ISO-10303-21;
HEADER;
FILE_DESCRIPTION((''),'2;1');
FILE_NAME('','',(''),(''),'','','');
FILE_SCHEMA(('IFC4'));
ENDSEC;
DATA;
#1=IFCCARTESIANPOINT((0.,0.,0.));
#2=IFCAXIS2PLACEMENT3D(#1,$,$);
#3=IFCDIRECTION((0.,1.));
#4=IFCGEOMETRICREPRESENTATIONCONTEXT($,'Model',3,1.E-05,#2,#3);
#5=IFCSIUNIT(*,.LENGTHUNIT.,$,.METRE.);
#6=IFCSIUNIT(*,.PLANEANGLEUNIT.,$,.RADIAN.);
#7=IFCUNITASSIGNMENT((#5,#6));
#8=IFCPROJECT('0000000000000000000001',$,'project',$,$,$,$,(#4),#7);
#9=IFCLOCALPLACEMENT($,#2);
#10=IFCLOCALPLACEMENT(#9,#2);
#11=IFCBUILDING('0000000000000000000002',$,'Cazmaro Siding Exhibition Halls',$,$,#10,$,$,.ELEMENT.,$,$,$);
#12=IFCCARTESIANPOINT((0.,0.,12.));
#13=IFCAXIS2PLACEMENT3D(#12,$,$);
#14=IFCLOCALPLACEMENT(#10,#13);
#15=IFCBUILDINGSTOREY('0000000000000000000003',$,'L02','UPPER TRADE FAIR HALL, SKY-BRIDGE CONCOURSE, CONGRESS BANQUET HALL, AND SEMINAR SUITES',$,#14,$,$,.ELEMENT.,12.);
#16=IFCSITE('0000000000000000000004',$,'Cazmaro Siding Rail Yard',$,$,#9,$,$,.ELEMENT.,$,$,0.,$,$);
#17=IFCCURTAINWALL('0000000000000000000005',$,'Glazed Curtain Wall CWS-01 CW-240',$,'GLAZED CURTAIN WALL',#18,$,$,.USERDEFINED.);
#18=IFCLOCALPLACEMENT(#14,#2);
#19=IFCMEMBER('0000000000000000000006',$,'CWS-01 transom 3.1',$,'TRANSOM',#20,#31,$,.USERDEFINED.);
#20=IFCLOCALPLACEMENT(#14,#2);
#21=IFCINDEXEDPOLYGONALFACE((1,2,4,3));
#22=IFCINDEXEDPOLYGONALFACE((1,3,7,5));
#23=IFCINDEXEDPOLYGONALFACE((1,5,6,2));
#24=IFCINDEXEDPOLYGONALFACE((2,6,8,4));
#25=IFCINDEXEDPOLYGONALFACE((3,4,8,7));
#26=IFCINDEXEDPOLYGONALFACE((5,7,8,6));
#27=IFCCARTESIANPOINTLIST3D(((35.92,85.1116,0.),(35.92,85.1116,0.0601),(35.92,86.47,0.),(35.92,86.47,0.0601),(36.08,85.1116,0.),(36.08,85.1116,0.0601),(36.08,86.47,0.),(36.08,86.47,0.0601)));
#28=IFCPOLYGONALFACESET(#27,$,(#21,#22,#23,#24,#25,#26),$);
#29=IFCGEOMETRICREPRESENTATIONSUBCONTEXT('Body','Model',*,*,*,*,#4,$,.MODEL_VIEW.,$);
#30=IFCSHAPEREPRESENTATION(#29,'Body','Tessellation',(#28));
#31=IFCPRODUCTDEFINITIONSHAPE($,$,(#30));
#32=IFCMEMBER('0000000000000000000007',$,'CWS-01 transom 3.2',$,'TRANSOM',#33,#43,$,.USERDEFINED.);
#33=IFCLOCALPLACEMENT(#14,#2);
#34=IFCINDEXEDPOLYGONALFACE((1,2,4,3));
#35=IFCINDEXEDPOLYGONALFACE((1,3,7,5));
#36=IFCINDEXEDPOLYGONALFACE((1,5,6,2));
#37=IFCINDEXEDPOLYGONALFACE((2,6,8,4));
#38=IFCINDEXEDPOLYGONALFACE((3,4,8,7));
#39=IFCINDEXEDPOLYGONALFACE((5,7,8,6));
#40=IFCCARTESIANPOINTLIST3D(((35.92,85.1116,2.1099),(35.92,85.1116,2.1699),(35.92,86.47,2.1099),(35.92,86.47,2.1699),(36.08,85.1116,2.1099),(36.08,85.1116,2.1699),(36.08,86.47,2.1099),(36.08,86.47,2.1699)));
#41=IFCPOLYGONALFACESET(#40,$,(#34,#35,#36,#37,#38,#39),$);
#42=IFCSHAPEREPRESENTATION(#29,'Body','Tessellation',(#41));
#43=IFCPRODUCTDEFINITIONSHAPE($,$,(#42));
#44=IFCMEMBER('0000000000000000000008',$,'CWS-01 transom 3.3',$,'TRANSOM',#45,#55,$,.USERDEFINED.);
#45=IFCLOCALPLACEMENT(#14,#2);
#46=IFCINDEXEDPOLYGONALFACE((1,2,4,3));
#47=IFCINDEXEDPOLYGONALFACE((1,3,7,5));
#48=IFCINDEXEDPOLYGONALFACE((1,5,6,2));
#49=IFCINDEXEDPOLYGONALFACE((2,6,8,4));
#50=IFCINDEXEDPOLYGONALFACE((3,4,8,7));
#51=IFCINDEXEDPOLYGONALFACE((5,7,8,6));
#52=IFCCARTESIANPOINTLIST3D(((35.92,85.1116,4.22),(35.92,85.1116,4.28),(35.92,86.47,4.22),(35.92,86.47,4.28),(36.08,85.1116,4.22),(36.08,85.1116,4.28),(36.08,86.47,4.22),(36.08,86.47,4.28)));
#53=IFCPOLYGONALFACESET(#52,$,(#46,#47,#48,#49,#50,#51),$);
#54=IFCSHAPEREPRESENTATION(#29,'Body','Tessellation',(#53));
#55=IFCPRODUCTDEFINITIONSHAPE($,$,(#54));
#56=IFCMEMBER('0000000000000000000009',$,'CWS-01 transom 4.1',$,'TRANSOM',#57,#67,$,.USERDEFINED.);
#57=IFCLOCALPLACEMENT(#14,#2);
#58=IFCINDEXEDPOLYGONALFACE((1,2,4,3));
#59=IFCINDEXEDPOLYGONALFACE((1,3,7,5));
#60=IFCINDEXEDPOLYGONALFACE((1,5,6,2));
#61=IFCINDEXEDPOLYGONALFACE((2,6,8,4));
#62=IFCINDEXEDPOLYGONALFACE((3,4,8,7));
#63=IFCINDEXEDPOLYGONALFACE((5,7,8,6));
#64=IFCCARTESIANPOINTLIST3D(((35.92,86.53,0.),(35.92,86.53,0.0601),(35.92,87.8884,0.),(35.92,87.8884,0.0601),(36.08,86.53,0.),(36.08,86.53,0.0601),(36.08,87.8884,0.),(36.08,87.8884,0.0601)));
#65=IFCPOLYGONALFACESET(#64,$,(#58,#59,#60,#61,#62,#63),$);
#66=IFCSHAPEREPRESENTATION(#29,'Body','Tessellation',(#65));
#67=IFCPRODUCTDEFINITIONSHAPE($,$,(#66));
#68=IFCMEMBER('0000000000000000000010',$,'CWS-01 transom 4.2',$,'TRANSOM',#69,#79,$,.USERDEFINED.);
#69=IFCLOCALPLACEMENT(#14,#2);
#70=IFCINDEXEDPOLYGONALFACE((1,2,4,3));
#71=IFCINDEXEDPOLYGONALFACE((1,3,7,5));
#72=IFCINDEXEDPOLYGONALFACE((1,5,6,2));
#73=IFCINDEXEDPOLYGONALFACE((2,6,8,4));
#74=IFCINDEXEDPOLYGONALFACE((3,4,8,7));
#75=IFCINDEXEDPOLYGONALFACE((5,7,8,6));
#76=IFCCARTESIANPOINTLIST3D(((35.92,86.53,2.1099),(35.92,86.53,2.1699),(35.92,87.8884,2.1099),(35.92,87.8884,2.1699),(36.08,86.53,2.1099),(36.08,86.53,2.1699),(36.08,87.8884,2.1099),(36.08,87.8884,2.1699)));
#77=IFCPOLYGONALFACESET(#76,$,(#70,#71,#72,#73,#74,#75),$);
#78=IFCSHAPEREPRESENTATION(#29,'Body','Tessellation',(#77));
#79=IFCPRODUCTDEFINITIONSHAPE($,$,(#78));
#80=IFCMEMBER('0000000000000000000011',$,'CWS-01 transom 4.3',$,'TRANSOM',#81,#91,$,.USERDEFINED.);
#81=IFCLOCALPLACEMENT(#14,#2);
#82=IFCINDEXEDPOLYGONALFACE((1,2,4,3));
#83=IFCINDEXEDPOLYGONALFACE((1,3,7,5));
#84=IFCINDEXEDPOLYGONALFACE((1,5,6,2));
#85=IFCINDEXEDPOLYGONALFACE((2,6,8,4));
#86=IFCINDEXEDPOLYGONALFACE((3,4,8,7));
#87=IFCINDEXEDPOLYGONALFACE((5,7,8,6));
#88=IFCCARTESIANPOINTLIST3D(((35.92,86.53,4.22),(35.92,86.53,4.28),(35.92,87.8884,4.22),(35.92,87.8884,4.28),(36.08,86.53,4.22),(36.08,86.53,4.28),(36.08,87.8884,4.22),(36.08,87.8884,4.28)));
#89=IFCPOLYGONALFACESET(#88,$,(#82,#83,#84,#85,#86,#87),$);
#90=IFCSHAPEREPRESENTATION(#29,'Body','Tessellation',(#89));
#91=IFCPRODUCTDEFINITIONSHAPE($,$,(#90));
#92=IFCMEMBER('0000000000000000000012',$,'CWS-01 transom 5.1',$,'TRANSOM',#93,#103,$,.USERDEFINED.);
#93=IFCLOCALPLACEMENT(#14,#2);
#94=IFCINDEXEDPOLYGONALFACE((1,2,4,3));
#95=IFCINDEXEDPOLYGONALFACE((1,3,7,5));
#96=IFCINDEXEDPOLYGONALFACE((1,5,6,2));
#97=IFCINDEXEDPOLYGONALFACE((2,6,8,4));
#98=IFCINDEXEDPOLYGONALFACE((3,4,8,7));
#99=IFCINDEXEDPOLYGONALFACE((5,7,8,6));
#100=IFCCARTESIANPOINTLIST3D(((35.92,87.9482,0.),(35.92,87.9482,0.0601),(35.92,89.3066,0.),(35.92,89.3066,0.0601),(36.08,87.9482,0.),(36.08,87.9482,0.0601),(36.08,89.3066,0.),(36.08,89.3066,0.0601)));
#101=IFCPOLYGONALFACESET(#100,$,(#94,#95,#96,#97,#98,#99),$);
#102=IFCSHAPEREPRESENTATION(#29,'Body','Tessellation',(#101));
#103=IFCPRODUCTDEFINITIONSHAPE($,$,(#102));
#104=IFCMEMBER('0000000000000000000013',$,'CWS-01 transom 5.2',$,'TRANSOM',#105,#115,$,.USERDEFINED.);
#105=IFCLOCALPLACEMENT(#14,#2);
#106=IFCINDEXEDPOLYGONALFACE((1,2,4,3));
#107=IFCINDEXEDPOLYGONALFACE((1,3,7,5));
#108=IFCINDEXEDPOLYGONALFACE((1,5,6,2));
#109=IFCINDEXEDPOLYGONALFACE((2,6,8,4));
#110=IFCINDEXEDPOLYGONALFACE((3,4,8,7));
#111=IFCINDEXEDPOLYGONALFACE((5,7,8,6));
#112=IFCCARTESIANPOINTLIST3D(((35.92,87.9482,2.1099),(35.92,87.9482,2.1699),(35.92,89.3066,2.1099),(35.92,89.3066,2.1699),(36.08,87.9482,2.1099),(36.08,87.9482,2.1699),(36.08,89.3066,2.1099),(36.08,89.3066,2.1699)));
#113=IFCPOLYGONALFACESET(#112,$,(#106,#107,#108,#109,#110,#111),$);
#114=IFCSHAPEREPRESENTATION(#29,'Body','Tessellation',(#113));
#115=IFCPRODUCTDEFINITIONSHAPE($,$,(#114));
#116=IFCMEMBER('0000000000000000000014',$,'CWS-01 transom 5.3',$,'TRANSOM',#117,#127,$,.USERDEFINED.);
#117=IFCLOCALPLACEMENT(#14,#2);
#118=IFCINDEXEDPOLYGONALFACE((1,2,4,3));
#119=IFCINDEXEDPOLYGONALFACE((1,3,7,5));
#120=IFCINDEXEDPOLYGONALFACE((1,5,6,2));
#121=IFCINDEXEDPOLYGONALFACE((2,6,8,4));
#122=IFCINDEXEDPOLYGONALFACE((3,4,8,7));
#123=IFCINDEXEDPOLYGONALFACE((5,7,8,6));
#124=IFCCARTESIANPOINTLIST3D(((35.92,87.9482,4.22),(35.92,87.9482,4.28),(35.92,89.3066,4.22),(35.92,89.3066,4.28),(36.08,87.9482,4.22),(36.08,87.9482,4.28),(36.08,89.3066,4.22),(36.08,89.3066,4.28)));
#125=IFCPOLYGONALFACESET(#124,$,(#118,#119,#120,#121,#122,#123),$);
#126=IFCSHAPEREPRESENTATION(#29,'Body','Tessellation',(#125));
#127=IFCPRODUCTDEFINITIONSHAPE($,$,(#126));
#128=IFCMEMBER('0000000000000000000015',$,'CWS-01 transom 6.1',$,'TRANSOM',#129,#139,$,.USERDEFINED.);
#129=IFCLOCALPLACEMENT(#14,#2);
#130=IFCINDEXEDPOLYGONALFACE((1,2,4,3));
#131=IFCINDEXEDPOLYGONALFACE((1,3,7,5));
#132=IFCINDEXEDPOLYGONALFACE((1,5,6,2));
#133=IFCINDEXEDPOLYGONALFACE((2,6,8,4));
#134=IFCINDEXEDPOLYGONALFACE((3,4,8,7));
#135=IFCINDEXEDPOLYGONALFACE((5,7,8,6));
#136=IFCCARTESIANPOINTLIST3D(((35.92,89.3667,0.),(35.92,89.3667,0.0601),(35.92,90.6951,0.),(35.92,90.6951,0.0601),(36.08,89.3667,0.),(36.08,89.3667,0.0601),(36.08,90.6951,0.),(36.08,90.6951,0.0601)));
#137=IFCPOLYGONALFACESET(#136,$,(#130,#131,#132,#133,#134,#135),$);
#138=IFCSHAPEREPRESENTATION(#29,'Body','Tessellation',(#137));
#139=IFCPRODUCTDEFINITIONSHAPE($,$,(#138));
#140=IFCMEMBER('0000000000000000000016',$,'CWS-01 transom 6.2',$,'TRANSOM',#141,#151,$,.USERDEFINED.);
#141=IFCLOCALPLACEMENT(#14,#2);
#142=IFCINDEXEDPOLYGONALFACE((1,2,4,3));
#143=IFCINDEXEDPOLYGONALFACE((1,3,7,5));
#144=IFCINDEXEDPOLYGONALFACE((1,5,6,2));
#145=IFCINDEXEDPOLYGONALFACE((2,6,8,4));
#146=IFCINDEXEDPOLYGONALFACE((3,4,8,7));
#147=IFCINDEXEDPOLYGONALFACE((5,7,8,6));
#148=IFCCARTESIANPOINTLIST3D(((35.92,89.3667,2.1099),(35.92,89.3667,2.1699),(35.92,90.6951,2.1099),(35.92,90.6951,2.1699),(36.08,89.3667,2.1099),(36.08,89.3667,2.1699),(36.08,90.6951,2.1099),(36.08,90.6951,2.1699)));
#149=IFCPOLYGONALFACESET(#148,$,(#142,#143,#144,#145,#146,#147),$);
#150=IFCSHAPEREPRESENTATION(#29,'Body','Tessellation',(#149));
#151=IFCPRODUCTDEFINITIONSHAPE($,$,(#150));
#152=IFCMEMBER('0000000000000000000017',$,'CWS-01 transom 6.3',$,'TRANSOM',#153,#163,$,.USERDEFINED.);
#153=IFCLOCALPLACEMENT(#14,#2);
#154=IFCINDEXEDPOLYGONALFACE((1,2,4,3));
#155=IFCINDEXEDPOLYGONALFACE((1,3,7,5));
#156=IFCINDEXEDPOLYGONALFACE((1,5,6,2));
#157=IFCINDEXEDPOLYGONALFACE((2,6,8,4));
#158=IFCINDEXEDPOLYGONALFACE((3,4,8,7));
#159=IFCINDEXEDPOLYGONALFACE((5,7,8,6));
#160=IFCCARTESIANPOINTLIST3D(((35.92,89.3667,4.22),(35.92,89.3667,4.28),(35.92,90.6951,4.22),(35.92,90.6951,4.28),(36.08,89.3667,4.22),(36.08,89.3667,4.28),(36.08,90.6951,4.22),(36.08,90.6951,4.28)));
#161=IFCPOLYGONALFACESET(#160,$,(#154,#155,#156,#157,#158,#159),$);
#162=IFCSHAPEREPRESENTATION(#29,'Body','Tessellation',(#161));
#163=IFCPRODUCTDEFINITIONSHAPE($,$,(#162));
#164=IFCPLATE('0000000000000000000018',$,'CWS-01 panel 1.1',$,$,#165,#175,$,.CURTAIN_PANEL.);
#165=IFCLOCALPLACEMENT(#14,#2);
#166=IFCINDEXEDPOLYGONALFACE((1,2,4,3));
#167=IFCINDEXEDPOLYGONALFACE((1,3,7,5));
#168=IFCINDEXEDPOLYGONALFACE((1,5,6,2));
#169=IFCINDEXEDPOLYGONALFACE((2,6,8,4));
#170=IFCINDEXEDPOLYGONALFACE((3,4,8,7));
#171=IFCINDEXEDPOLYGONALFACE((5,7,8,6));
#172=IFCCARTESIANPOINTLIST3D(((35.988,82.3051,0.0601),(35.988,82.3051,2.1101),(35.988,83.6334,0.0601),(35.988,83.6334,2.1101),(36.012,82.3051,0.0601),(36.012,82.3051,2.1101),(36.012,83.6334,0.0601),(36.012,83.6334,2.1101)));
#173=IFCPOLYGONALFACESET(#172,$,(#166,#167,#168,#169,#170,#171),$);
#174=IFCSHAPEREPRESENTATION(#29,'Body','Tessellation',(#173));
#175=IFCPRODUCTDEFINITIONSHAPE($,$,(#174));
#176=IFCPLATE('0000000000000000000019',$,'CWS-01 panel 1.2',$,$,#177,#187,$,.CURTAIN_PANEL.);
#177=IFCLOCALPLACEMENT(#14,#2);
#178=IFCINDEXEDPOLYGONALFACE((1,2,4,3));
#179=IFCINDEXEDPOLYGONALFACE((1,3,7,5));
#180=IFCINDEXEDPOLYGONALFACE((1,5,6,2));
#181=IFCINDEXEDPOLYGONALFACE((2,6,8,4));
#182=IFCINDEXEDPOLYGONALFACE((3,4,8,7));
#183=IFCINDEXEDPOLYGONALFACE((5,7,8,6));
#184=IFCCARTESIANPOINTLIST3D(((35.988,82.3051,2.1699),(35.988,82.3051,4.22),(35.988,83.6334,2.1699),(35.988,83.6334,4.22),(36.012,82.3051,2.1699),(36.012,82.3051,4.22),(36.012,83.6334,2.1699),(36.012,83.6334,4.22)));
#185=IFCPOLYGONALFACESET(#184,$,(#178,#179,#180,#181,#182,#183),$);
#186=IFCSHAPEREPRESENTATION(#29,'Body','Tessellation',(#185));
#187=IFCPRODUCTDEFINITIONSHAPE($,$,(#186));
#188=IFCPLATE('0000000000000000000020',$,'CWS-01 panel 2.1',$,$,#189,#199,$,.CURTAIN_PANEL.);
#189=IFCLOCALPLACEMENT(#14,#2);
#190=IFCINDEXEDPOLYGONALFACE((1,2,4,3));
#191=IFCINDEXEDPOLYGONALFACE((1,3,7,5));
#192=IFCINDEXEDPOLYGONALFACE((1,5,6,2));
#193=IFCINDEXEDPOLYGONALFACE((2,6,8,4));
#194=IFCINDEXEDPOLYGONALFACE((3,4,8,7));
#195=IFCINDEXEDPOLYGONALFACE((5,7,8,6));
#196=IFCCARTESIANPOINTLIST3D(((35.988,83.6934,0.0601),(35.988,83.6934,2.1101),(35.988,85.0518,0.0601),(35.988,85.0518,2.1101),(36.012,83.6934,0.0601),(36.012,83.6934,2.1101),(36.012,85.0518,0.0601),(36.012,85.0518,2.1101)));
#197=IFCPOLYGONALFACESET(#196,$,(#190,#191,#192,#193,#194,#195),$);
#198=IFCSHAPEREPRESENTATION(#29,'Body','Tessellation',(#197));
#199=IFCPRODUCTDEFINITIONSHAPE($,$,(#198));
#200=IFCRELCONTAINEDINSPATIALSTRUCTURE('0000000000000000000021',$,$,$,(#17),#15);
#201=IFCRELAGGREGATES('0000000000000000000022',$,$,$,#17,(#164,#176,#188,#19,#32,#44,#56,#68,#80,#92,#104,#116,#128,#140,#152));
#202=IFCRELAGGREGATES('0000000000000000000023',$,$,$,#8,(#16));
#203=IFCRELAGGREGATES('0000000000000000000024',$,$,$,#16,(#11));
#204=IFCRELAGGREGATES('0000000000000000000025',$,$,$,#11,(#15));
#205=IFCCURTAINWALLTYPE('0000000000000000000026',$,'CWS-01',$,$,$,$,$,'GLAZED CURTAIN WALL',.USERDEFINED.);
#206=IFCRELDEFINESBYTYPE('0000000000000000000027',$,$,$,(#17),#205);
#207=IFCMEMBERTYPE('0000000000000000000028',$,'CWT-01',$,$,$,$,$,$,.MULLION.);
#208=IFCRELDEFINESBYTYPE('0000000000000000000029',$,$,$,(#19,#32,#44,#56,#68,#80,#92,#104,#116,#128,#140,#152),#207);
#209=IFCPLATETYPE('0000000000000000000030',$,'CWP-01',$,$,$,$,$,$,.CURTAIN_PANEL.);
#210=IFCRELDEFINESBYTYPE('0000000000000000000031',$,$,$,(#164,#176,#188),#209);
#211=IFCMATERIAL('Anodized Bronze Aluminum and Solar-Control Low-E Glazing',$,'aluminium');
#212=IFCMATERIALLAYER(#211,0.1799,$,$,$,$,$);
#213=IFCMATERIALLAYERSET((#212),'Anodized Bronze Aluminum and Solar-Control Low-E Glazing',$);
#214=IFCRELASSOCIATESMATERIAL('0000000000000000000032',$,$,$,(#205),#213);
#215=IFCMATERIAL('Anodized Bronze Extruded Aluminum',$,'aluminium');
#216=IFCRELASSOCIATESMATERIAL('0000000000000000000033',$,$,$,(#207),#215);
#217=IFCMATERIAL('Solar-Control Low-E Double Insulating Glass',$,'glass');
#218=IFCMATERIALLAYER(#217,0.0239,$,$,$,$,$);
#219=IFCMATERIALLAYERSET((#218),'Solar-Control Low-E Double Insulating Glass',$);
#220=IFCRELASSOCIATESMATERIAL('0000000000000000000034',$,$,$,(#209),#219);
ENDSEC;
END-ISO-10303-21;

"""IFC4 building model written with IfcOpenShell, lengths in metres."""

from ifc_helpers import new_model, si_unit, direction, frame, origin, origin_2d, place, context, subcontext, project, spatial, rectangle, extrude, material, layer, layer_set, material_profile, profile_set, type_object, element, aggregate, save


model = new_model("IFC4")

# Units and contexts
model_context = context("Model", 3, precision=1e-05, world=origin(), true_north=direction((0.0, 1.0)))
body_context = subcontext(model_context, "Body", "Model", "MODEL_VIEW")
ifc_project = project(units=[si_unit("LENGTHUNIT", "METRE"), si_unit("PLANEANGLEUNIT", "RADIAN")], contexts=[model_context])

# Site, building, storey
site_placement = place(None, origin())
site = spatial("IfcSite", under=ifc_project, at=site_placement, Name="Cazmaro Siding Rail Yard", CompositionType="ELEMENT", RefElevation=0.0)
building_placement = place(site_placement, origin())
building = spatial("IfcBuilding", under=site, at=building_placement, Name="Cazmaro Siding Exhibition Halls", CompositionType="ELEMENT")
storey_placement = place(building_placement, frame((0.0, 0.0, 12.0)))
storey = spatial("IfcBuildingStorey", under=building, at=storey_placement, Name="L02", Description="UPPER TRADE FAIR HALL, SKY-BRIDGE CONCOURSE, CONGRESS BANQUET HALL, AND SEMINAR SUITES", CompositionType="ELEMENT", Elevation=12.0)

# Curtain wall, members, plates
ifc_material_1 = material(Name="Anodized Bronze Aluminum and Solar-Control Low-E Glazing", Category="aluminium")
ifc_layer_1 = layer(ifc_material_1, 0.1799)
ifc_layer_set_1 = layer_set([ifc_layer_1], Name="Anodized Bronze Aluminum and Solar-Control Low-E Glazing")
curtain_wall_type = type_object("IfcCurtainWallType", Name="CWS-01", ElementType="GLAZED CURTAIN WALL", PredefinedType="USERDEFINED", material=ifc_layer_set_1)
curtain_wall_placement = place(storey_placement, origin())
curtain_wall = element("IfcCurtainWall", 1, at=curtain_wall_placement, inside=storey, type_object=curtain_wall_type, Name="Glazed Curtain Wall CWS-01 CW-240", ObjectType="GLAZED CURTAIN WALL", PredefinedType="USERDEFINED")
ifc_material_2 = material(Name="Anodized Bronze Extruded Aluminum", Category="aluminium")
ifc_material_profile_1 = material_profile(ifc_material_2, rectangle(XDim=0.1599, YDim=0.0601, at=origin_2d()), Name="CWT-01")
ifc_profile_set_1 = profile_set([ifc_material_profile_1], Name="Anodized Bronze Extruded Aluminum")
member_type_1 = type_object("IfcMemberType", Name="CWT-01", PredefinedType="MULLION", material=ifc_profile_set_1)
member_1_placement = place(storey_placement, frame((36.0, 85.1116, 0.03), z_axis=(0.0, 1.0, 0.0), x_axis=(-1.0, 0.0, 0.0)))
member_1 = element("IfcMember", 2, at=member_1_placement, type_object=member_type_1, Name="CWS-01 transom 3.1", ObjectType="TRANSOM", PredefinedType="USERDEFINED", context=body_context, shape_type="SweptSolid", body=[
    extrude(rectangle(XDim=0.1599, YDim=0.0601, at=origin_2d()), origin(), (0.0, 0.0, 1.0), 1.3584),
])
member_2_placement = place(storey_placement, frame((36.0, 85.1116, 2.1399), z_axis=(0.0, 1.0, 0.0), x_axis=(-1.0, 0.0, 0.0)))
member_2 = element("IfcMember", 3, at=member_2_placement, type_object=member_type_1, Name="CWS-01 transom 3.2", ObjectType="TRANSOM", PredefinedType="USERDEFINED", context=body_context, shape_type="SweptSolid", body=[
    extrude(rectangle(XDim=0.1599, YDim=0.0601, at=origin_2d()), origin(), (0.0, 0.0, 1.0), 1.3584),
])
member_3_placement = place(storey_placement, frame((36.0, 85.1116, 4.25), z_axis=(0.0, 1.0, 0.0), x_axis=(-1.0, 0.0, 0.0)))
member_3 = element("IfcMember", 4, at=member_3_placement, type_object=member_type_1, Name="CWS-01 transom 3.3", ObjectType="TRANSOM", PredefinedType="USERDEFINED", context=body_context, shape_type="SweptSolid", body=[
    extrude(rectangle(XDim=0.1599, YDim=0.0601, at=origin_2d()), origin(), (0.0, 0.0, 1.0), 1.3584),
])
member_4_placement = place(storey_placement, frame((36.0, 86.53, 0.03), z_axis=(0.0, 1.0, 0.0), x_axis=(-1.0, 0.0, 0.0)))
member_4 = element("IfcMember", 5, at=member_4_placement, type_object=member_type_1, Name="CWS-01 transom 4.1", ObjectType="TRANSOM", PredefinedType="USERDEFINED", context=body_context, shape_type="SweptSolid", body=[
    extrude(rectangle(XDim=0.1599, YDim=0.0601, at=origin_2d()), origin(), (0.0, 0.0, 1.0), 1.3584),
])
member_5_placement = place(storey_placement, frame((36.0, 86.53, 2.1399), z_axis=(0.0, 1.0, 0.0), x_axis=(-1.0, 0.0, 0.0)))
member_5 = element("IfcMember", 6, at=member_5_placement, type_object=member_type_1, Name="CWS-01 transom 4.2", ObjectType="TRANSOM", PredefinedType="USERDEFINED", context=body_context, shape_type="SweptSolid", body=[
    extrude(rectangle(XDim=0.1599, YDim=0.0601, at=origin_2d()), origin(), (0.0, 0.0, 1.0), 1.3584),
])
member_6_placement = place(storey_placement, frame((36.0, 86.53, 4.25), z_axis=(0.0, 1.0, 0.0), x_axis=(-1.0, 0.0, 0.0)))
member_6 = element("IfcMember", 7, at=member_6_placement, type_object=member_type_1, Name="CWS-01 transom 4.3", ObjectType="TRANSOM", PredefinedType="USERDEFINED", context=body_context, shape_type="SweptSolid", body=[
    extrude(rectangle(XDim=0.1599, YDim=0.0601, at=origin_2d()), origin(), (0.0, 0.0, 1.0), 1.3584),
])
member_7_placement = place(storey_placement, frame((36.0, 87.9482, 0.03), z_axis=(0.0, 1.0, 0.0), x_axis=(-1.0, 0.0, 0.0)))
member_7 = element("IfcMember", 8, at=member_7_placement, type_object=member_type_1, Name="CWS-01 transom 5.1", ObjectType="TRANSOM", PredefinedType="USERDEFINED", context=body_context, shape_type="SweptSolid", body=[
    extrude(rectangle(XDim=0.1599, YDim=0.0601, at=origin_2d()), origin(), (0.0, 0.0, 1.0), 1.3584),
])
member_8_placement = place(storey_placement, frame((36.0, 87.9482, 2.1399), z_axis=(0.0, 1.0, 0.0), x_axis=(-1.0, 0.0, 0.0)))
member_8 = element("IfcMember", 9, at=member_8_placement, type_object=member_type_1, Name="CWS-01 transom 5.2", ObjectType="TRANSOM", PredefinedType="USERDEFINED", context=body_context, shape_type="SweptSolid", body=[
    extrude(rectangle(XDim=0.1599, YDim=0.0601, at=origin_2d()), origin(), (0.0, 0.0, 1.0), 1.3584),
])
member_9_placement = place(storey_placement, frame((36.0, 87.9482, 4.25), z_axis=(0.0, 1.0, 0.0), x_axis=(-1.0, 0.0, 0.0)))
member_9 = element("IfcMember", 10, at=member_9_placement, type_object=member_type_1, Name="CWS-01 transom 5.3", ObjectType="TRANSOM", PredefinedType="USERDEFINED", context=body_context, shape_type="SweptSolid", body=[
    extrude(rectangle(XDim=0.1599, YDim=0.0601, at=origin_2d()), origin(), (0.0, 0.0, 1.0), 1.3584),
])
member_10_placement = place(storey_placement, frame((36.0, 89.3667, 0.03), z_axis=(0.0, 1.0, 0.0), x_axis=(-1.0, 0.0, 0.0)))
member_10 = element("IfcMember", 11, at=member_10_placement, type_object=member_type_1, Name="CWS-01 transom 6.1", ObjectType="TRANSOM", PredefinedType="USERDEFINED", context=body_context, shape_type="SweptSolid", body=[
    extrude(rectangle(XDim=0.1599, YDim=0.0601, at=origin_2d()), origin(), (0.0, 0.0, 1.0), 1.3284),
])
member_11_placement = place(storey_placement, frame((36.0, 89.3667, 2.1399), z_axis=(0.0, 1.0, 0.0), x_axis=(-1.0, 0.0, 0.0)))
member_11 = element("IfcMember", 12, at=member_11_placement, type_object=member_type_1, Name="CWS-01 transom 6.2", ObjectType="TRANSOM", PredefinedType="USERDEFINED", context=body_context, shape_type="SweptSolid", body=[
    extrude(rectangle(XDim=0.1599, YDim=0.0601, at=origin_2d()), origin(), (0.0, 0.0, 1.0), 1.3284),
])
member_12_placement = place(storey_placement, frame((36.0, 89.3667, 4.25), z_axis=(0.0, 1.0, 0.0), x_axis=(-1.0, 0.0, 0.0)))
member_12 = element("IfcMember", 13, at=member_12_placement, type_object=member_type_1, Name="CWS-01 transom 6.3", ObjectType="TRANSOM", PredefinedType="USERDEFINED", context=body_context, shape_type="SweptSolid", body=[
    extrude(rectangle(XDim=0.1599, YDim=0.0601, at=origin_2d()), origin(), (0.0, 0.0, 1.0), 1.3284),
])
ifc_material_3 = material(Name="Solar-Control Low-E Double Insulating Glass", Category="glass")
ifc_layer_2 = layer(ifc_material_3, 0.0239)
ifc_layer_set_2 = layer_set([ifc_layer_2], Name="Solar-Control Low-E Double Insulating Glass")
plate_type = type_object("IfcPlateType", Name="CWP-01", PredefinedType="CURTAIN_PANEL", material=ifc_layer_set_2)
plate_1_placement = place(storey_placement, frame((36.0, 82.9692, 0.0601), z_axis=(0.0, 0.0, 1.0), x_axis=(0.0, 1.0, 0.0)))
plate_1 = element("IfcPlate", 14, at=plate_1_placement, type_object=plate_type, Name="CWS-01 panel 1.1", PredefinedType="CURTAIN_PANEL", context=body_context, shape_type="SweptSolid", body=[
    extrude(rectangle(XDim=1.3284, YDim=0.0239, at=origin_2d()), origin(), (0.0, 0.0, 1.0), 2.05),
])
plate_2_placement = place(storey_placement, frame((36.0, 82.9692, 2.1699), z_axis=(0.0, 0.0, 1.0), x_axis=(0.0, 1.0, 0.0)))
plate_2 = element("IfcPlate", 15, at=plate_2_placement, type_object=plate_type, Name="CWS-01 panel 1.2", PredefinedType="CURTAIN_PANEL", context=body_context, shape_type="SweptSolid", body=[
    extrude(rectangle(XDim=1.3284, YDim=0.0239, at=origin_2d()), origin(), (0.0, 0.0, 1.0), 2.05),
])
plate_3_placement = place(storey_placement, frame((36.0, 84.3726, 0.0601), z_axis=(0.0, 0.0, 1.0), x_axis=(0.0, 1.0, 0.0)))
plate_3 = element("IfcPlate", 16, at=plate_3_placement, type_object=plate_type, Name="CWS-01 panel 2.1", PredefinedType="CURTAIN_PANEL", context=body_context, shape_type="SweptSolid", body=[
    extrude(rectangle(XDim=1.3584, YDim=0.0239, at=origin_2d()), origin(), (0.0, 0.0, 1.0), 2.05),
])
aggregate(curtain_wall, [plate_1, plate_2, plate_3, member_1, member_2, member_3, member_4, member_5, member_6, member_7, member_8, member_9, member_10, member_11, member_12])

save(model, "model.ifc")
